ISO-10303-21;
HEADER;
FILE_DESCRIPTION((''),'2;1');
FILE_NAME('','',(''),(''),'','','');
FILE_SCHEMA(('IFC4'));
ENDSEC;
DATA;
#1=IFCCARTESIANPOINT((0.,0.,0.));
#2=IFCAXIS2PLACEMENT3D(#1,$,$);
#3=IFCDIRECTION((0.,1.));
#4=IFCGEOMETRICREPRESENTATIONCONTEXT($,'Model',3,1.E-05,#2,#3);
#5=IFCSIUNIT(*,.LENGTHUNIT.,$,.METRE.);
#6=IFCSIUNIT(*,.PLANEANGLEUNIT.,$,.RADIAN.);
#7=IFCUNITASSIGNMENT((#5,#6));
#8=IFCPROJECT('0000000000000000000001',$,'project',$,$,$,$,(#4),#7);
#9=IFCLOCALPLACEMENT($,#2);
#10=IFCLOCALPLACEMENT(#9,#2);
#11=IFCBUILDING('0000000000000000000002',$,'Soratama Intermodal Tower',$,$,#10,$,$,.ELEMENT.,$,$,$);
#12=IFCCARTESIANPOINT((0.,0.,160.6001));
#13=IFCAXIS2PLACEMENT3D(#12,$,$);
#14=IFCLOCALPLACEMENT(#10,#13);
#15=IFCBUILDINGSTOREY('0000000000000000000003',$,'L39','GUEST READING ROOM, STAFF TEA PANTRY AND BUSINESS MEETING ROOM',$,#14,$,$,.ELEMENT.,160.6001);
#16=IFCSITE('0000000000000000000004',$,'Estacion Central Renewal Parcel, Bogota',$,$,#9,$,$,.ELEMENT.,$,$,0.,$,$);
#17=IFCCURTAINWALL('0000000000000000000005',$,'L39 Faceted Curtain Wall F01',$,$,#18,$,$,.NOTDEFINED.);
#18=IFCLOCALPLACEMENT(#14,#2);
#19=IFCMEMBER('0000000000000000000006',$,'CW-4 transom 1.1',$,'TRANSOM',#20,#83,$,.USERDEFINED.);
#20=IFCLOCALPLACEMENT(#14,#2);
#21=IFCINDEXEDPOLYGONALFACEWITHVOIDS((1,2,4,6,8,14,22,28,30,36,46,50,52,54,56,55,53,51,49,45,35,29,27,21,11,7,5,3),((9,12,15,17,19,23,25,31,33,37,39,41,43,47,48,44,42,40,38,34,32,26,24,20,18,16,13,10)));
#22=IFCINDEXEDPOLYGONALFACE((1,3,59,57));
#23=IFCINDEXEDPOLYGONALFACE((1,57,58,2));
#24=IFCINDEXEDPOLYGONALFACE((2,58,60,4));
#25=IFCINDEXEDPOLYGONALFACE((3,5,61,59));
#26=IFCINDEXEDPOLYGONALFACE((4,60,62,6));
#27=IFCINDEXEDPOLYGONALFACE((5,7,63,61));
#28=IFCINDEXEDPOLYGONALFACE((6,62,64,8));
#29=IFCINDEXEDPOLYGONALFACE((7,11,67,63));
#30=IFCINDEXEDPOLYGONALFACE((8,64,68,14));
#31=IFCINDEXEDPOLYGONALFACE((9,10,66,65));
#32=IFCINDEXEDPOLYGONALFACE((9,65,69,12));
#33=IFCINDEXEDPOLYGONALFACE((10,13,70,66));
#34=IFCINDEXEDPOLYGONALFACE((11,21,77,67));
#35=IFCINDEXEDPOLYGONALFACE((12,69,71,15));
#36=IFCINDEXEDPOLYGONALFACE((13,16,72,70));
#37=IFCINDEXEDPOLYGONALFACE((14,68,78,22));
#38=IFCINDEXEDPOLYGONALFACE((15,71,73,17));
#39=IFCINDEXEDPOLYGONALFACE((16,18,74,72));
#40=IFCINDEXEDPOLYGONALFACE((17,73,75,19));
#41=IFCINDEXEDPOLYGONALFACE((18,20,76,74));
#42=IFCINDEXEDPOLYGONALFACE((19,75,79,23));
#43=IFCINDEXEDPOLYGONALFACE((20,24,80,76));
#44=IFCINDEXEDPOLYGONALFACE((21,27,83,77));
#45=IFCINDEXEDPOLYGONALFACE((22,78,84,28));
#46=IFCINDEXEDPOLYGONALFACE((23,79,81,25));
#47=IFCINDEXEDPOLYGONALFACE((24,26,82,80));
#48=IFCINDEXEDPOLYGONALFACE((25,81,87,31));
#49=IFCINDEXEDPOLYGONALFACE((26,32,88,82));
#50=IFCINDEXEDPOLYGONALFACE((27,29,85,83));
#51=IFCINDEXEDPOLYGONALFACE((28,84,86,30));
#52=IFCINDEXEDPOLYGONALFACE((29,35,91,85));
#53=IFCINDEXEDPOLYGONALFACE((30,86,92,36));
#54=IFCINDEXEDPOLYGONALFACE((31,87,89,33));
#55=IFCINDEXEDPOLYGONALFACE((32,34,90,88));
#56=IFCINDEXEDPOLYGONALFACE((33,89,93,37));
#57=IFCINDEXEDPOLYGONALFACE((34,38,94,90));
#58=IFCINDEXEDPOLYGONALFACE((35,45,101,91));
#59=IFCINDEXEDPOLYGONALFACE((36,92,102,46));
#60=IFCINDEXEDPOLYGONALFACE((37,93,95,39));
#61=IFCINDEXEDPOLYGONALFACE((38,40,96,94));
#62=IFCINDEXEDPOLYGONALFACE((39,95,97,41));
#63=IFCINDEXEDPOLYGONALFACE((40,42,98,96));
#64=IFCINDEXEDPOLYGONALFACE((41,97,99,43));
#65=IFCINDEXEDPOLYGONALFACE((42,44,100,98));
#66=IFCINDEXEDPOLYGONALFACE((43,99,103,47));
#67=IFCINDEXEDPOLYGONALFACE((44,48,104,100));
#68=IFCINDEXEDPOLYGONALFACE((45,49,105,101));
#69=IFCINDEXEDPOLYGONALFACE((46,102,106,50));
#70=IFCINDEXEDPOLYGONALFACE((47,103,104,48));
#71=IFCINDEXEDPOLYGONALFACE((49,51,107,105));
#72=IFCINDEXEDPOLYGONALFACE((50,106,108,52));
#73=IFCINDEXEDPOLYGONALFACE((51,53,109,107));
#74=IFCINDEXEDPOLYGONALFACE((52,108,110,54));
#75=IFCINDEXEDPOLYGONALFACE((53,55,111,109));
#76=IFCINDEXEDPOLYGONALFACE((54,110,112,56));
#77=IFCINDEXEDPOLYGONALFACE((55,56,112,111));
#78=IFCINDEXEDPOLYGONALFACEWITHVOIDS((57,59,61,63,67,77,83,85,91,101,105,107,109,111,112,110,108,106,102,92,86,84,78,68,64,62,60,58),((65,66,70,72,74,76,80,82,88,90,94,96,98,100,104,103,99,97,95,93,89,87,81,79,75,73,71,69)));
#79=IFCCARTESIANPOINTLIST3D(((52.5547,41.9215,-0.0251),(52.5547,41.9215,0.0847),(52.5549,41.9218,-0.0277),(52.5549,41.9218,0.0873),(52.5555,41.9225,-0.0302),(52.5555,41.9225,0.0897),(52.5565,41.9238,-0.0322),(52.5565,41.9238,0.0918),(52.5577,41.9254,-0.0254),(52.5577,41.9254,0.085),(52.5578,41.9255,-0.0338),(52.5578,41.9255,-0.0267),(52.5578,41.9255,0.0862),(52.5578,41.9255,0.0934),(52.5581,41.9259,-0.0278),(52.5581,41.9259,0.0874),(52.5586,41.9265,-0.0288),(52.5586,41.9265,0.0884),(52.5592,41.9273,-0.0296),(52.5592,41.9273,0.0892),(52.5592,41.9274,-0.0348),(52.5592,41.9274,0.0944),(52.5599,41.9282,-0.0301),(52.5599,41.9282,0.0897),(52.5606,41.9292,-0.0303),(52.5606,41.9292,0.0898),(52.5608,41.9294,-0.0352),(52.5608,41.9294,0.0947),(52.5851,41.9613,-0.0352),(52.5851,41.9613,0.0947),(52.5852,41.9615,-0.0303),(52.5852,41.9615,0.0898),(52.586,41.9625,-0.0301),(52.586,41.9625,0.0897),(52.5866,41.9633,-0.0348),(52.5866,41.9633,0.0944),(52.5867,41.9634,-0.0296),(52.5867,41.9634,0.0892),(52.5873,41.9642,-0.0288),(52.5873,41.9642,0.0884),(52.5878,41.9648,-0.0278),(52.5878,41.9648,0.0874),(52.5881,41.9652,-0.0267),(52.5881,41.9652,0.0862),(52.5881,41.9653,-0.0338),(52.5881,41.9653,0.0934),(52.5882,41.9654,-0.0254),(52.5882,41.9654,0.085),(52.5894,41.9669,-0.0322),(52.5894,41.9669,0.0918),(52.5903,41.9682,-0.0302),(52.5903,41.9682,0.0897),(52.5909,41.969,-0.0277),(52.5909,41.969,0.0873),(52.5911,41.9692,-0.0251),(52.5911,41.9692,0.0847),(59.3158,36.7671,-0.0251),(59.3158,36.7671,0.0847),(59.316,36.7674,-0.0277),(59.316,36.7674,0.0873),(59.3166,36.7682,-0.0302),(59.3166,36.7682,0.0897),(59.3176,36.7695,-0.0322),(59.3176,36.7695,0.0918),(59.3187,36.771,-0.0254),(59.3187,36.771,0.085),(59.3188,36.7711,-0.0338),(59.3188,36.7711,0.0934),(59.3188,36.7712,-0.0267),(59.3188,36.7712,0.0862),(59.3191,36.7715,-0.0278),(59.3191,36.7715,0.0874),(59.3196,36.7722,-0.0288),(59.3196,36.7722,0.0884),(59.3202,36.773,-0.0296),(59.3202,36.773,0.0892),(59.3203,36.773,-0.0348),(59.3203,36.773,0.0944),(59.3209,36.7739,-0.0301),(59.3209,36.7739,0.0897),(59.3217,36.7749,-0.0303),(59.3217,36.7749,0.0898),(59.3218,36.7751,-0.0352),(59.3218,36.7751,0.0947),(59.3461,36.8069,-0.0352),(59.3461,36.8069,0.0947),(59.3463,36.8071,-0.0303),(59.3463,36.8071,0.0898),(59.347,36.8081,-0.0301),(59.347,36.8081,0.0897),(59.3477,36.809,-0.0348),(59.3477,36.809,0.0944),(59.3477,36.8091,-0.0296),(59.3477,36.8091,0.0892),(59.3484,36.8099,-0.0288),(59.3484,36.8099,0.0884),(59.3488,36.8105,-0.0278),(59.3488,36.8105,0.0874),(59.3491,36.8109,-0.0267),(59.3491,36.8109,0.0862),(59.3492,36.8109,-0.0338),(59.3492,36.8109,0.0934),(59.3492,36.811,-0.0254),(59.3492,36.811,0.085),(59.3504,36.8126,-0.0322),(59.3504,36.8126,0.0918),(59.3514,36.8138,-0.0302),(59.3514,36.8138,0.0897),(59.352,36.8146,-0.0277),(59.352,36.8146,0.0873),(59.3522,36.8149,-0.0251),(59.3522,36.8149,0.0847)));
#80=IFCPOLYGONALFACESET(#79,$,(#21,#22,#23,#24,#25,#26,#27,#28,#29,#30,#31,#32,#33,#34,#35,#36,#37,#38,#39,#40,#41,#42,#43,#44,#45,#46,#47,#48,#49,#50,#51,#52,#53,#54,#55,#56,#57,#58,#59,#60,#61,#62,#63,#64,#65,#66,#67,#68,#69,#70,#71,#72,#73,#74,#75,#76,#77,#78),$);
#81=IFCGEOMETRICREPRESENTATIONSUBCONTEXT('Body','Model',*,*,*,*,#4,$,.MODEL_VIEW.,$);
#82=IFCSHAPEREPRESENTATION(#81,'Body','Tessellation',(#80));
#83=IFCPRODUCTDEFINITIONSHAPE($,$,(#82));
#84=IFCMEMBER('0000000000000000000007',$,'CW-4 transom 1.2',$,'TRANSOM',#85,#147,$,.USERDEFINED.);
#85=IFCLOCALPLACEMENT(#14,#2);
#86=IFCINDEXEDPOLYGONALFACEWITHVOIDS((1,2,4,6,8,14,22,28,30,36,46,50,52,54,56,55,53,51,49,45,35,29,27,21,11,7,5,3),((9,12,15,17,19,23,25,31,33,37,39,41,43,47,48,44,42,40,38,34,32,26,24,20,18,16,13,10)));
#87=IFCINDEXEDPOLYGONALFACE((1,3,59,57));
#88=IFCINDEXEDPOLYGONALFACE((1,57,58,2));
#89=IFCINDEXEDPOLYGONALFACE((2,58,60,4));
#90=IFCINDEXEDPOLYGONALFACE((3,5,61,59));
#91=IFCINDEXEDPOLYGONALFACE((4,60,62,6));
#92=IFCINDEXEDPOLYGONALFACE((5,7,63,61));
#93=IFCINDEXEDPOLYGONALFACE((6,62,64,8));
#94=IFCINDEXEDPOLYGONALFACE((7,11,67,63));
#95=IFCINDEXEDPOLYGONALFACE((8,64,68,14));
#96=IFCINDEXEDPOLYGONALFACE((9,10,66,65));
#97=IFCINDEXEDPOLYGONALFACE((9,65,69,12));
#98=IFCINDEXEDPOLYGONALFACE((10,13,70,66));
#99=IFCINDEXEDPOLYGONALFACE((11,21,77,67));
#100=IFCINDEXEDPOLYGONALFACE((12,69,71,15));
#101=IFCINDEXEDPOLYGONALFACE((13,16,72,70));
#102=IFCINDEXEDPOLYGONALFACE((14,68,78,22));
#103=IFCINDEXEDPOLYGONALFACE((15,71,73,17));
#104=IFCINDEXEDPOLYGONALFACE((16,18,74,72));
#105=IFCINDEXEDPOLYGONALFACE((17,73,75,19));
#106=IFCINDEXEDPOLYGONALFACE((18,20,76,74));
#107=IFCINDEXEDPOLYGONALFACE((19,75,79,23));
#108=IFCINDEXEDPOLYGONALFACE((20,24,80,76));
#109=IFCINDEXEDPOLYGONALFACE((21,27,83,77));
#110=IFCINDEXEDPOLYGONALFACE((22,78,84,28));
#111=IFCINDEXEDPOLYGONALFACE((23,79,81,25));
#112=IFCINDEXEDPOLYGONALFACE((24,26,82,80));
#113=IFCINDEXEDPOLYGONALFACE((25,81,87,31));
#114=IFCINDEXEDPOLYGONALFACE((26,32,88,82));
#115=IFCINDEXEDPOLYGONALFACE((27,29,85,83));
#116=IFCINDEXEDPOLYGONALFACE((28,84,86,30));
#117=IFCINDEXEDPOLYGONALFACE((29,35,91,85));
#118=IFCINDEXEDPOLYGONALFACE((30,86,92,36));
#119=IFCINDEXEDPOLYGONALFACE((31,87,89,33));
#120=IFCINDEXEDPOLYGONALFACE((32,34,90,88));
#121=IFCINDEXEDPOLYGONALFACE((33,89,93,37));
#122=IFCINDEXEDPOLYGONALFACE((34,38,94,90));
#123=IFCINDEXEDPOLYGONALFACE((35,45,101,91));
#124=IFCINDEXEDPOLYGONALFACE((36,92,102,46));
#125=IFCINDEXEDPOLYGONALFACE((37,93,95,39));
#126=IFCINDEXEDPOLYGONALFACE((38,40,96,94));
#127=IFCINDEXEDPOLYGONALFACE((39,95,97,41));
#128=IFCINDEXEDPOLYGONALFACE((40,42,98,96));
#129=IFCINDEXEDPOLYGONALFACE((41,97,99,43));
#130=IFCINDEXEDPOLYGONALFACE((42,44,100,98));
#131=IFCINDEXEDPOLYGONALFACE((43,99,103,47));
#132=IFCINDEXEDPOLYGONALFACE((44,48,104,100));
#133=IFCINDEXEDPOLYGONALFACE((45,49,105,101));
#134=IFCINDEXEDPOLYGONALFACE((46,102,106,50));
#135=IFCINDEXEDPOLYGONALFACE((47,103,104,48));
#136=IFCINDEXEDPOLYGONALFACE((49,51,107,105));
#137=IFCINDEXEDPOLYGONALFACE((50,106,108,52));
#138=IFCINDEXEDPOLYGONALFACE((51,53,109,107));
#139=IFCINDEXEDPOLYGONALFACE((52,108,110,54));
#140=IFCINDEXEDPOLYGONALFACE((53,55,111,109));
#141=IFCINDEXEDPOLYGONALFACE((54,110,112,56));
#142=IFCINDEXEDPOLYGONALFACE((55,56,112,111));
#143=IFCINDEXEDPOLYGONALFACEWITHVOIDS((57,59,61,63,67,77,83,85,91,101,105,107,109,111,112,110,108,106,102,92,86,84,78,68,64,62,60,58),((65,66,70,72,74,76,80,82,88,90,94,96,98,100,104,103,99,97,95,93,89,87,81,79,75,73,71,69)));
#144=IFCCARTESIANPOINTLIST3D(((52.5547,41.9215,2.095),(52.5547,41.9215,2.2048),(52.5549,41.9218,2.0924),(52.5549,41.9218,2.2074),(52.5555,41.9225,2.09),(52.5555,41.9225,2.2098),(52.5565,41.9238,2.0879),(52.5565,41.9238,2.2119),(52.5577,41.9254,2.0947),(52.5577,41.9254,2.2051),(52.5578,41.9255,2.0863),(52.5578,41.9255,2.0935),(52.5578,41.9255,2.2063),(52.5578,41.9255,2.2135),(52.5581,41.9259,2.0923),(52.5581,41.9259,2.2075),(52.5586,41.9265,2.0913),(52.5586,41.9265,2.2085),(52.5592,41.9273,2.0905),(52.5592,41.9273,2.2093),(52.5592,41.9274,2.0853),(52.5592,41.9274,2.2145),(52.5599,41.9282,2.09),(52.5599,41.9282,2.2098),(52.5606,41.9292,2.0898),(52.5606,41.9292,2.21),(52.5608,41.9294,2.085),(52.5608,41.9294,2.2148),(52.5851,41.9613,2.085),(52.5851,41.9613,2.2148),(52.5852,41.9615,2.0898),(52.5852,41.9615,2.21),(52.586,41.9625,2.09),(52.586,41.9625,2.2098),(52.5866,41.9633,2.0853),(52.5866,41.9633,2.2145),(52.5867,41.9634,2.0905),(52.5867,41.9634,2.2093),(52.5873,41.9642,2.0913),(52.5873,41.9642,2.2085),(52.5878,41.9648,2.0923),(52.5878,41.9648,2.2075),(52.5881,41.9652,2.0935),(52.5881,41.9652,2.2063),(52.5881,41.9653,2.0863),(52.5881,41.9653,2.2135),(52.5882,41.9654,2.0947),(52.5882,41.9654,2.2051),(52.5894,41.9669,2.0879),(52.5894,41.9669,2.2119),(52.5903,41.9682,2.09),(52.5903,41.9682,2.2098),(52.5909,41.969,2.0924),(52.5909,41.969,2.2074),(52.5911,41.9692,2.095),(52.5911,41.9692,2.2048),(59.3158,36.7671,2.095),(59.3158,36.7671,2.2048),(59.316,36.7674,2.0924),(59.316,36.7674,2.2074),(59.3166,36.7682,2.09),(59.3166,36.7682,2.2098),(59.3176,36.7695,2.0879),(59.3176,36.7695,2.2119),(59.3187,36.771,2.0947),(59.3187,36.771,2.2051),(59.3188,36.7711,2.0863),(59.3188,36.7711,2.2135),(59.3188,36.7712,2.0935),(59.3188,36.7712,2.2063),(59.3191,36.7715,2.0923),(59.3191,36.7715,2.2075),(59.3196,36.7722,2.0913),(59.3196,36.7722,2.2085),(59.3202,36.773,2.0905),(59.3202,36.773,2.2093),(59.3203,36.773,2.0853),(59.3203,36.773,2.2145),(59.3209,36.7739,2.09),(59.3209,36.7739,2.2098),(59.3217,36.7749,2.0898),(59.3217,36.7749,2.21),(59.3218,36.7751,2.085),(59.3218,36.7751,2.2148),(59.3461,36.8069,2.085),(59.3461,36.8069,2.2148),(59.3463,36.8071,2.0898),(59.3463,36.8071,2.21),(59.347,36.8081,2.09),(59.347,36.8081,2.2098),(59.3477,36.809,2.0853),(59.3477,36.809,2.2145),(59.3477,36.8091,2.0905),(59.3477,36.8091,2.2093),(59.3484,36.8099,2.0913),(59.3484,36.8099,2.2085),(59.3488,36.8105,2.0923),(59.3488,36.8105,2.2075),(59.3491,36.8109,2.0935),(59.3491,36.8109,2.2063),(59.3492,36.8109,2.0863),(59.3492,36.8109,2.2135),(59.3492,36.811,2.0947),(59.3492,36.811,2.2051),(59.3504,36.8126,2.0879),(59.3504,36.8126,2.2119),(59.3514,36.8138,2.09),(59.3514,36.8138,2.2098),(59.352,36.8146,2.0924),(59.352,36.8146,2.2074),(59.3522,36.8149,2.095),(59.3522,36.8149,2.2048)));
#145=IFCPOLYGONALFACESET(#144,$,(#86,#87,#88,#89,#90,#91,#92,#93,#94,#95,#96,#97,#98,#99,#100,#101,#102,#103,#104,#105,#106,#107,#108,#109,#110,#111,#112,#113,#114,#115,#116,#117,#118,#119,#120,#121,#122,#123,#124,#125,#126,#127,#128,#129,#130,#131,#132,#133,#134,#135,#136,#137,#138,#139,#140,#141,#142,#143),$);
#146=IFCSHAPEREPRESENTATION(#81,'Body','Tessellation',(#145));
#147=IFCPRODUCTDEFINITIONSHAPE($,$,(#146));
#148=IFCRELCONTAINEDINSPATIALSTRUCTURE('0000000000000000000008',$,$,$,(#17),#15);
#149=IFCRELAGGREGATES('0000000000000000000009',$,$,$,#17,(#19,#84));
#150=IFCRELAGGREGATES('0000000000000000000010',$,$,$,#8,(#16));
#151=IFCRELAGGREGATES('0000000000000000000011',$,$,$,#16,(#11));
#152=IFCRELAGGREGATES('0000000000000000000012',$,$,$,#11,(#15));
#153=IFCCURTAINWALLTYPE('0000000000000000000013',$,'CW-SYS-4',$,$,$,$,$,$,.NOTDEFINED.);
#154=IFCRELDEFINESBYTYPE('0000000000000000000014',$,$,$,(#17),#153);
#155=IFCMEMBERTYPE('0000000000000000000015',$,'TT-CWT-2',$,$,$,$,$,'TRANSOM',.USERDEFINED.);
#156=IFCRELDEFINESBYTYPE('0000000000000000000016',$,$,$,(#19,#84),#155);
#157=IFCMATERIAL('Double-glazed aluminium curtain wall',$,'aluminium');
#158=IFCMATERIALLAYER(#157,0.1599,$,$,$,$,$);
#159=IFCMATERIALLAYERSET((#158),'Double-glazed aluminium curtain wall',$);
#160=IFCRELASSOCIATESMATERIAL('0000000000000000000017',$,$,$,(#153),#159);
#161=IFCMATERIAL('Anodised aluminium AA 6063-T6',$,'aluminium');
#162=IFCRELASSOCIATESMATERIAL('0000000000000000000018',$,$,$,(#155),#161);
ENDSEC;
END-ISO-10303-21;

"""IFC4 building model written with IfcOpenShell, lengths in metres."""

from ifc_helpers import new_model, si_unit, direction, frame, origin, origin_2d, place, context, subcontext, project, spatial, hollow_rectangle, extrude, material, layer, layer_set, material_profile, profile_set, type_object, element, aggregate, save


model = new_model("IFC4")

# Units and contexts
model_context = context("Model", 3, precision=1e-05, world=origin(), true_north=direction((0.0, 1.0)))
body_context = subcontext(model_context, "Body", "Model", "MODEL_VIEW")
ifc_project = project(units=[si_unit("LENGTHUNIT", "METRE"), si_unit("PLANEANGLEUNIT", "RADIAN")], contexts=[model_context])

# Site, building, storey
site_placement = place(None, origin())
site = spatial("IfcSite", under=ifc_project, at=site_placement, Name="Estacion Central Renewal Parcel, Bogota", CompositionType="ELEMENT", RefElevation=0.0)
building_placement = place(site_placement, origin())
building = spatial("IfcBuilding", under=site, at=building_placement, Name="Soratama Intermodal Tower", CompositionType="ELEMENT")
storey_placement = place(building_placement, frame((0.0, 0.0, 160.6001)))
storey = spatial("IfcBuildingStorey", under=building, at=storey_placement, Name="L39", Description="GUEST READING ROOM, STAFF TEA PANTRY AND BUSINESS MEETING ROOM", CompositionType="ELEMENT", Elevation=160.6001)

# Curtain wall, members
ifc_material_1 = material(Name="Double-glazed aluminium curtain wall", Category="aluminium")
ifc_layer_1 = layer(ifc_material_1, 0.1599)
ifc_layer_set_1 = layer_set([ifc_layer_1], Name="Double-glazed aluminium curtain wall")
curtain_wall_type = type_object("IfcCurtainWallType", Name="CW-SYS-4", PredefinedType="NOTDEFINED", material=ifc_layer_set_1)
curtain_wall_placement = place(storey_placement, origin())
curtain_wall = element("IfcCurtainWall", 1, at=curtain_wall_placement, inside=storey, type_object=curtain_wall_type, Name="L39 Faceted Curtain Wall F01", PredefinedType="NOTDEFINED")
ifc_material_2 = material(Name="Anodised aluminium AA 6063-T6", Category="aluminium")
ifc_material_profile_1 = material_profile(ifc_material_2, hollow_rectangle(XDim=0.0601, YDim=0.1299, WallThickness=0.0049, InnerFilletRadius=0.0049, OuterFilletRadius=0.01, at=origin_2d()), Name="CWT130X60X5")
ifc_profile_set_1 = profile_set([ifc_material_profile_1], Name="Anodised aluminium AA 6063-T6")
member_type_1 = type_object("IfcMemberType", Name="TT-CWT-2", ElementType="TRANSOM", PredefinedType="USERDEFINED", material=ifc_profile_set_1)
member_1_placement = place(storey_placement, frame((59.334, 36.791, 0.0298), z_axis=(-0.795258, 0.606272, 0.0), x_axis=(-0.606272, -0.795258, 0.0)))
member_1 = element("IfcMember", 2, at=member_1_placement, type_object=member_type_1, Name="CW-4 transom 1.1", ObjectType="TRANSOM", PredefinedType="USERDEFINED", context=body_context, shape_type="SweptSolid", body=[
    extrude(hollow_rectangle(XDim=0.0601, YDim=0.1299, WallThickness=0.0049, InnerFilletRadius=0.0049, OuterFilletRadius=0.01, at=origin_2d()), origin(), (0.0, 0.0, 1.0), 8.5017),
])
member_2_placement = place(storey_placement, frame((59.334, 36.791, 2.1499), z_axis=(-0.795258, 0.606272, 0.0), x_axis=(-0.606272, -0.795258, 0.0)))
member_2 = element("IfcMember", 3, at=member_2_placement, type_object=member_type_1, Name="CW-4 transom 1.2", ObjectType="TRANSOM", PredefinedType="USERDEFINED", context=body_context, shape_type="SweptSolid", body=[
    extrude(hollow_rectangle(XDim=0.0601, YDim=0.1299, WallThickness=0.0049, InnerFilletRadius=0.0049, OuterFilletRadius=0.01, at=origin_2d()), origin(), (0.0, 0.0, 1.0), 8.5017),
])
aggregate(curtain_wall, [member_1, member_2])

save(model, "model.ifc")
